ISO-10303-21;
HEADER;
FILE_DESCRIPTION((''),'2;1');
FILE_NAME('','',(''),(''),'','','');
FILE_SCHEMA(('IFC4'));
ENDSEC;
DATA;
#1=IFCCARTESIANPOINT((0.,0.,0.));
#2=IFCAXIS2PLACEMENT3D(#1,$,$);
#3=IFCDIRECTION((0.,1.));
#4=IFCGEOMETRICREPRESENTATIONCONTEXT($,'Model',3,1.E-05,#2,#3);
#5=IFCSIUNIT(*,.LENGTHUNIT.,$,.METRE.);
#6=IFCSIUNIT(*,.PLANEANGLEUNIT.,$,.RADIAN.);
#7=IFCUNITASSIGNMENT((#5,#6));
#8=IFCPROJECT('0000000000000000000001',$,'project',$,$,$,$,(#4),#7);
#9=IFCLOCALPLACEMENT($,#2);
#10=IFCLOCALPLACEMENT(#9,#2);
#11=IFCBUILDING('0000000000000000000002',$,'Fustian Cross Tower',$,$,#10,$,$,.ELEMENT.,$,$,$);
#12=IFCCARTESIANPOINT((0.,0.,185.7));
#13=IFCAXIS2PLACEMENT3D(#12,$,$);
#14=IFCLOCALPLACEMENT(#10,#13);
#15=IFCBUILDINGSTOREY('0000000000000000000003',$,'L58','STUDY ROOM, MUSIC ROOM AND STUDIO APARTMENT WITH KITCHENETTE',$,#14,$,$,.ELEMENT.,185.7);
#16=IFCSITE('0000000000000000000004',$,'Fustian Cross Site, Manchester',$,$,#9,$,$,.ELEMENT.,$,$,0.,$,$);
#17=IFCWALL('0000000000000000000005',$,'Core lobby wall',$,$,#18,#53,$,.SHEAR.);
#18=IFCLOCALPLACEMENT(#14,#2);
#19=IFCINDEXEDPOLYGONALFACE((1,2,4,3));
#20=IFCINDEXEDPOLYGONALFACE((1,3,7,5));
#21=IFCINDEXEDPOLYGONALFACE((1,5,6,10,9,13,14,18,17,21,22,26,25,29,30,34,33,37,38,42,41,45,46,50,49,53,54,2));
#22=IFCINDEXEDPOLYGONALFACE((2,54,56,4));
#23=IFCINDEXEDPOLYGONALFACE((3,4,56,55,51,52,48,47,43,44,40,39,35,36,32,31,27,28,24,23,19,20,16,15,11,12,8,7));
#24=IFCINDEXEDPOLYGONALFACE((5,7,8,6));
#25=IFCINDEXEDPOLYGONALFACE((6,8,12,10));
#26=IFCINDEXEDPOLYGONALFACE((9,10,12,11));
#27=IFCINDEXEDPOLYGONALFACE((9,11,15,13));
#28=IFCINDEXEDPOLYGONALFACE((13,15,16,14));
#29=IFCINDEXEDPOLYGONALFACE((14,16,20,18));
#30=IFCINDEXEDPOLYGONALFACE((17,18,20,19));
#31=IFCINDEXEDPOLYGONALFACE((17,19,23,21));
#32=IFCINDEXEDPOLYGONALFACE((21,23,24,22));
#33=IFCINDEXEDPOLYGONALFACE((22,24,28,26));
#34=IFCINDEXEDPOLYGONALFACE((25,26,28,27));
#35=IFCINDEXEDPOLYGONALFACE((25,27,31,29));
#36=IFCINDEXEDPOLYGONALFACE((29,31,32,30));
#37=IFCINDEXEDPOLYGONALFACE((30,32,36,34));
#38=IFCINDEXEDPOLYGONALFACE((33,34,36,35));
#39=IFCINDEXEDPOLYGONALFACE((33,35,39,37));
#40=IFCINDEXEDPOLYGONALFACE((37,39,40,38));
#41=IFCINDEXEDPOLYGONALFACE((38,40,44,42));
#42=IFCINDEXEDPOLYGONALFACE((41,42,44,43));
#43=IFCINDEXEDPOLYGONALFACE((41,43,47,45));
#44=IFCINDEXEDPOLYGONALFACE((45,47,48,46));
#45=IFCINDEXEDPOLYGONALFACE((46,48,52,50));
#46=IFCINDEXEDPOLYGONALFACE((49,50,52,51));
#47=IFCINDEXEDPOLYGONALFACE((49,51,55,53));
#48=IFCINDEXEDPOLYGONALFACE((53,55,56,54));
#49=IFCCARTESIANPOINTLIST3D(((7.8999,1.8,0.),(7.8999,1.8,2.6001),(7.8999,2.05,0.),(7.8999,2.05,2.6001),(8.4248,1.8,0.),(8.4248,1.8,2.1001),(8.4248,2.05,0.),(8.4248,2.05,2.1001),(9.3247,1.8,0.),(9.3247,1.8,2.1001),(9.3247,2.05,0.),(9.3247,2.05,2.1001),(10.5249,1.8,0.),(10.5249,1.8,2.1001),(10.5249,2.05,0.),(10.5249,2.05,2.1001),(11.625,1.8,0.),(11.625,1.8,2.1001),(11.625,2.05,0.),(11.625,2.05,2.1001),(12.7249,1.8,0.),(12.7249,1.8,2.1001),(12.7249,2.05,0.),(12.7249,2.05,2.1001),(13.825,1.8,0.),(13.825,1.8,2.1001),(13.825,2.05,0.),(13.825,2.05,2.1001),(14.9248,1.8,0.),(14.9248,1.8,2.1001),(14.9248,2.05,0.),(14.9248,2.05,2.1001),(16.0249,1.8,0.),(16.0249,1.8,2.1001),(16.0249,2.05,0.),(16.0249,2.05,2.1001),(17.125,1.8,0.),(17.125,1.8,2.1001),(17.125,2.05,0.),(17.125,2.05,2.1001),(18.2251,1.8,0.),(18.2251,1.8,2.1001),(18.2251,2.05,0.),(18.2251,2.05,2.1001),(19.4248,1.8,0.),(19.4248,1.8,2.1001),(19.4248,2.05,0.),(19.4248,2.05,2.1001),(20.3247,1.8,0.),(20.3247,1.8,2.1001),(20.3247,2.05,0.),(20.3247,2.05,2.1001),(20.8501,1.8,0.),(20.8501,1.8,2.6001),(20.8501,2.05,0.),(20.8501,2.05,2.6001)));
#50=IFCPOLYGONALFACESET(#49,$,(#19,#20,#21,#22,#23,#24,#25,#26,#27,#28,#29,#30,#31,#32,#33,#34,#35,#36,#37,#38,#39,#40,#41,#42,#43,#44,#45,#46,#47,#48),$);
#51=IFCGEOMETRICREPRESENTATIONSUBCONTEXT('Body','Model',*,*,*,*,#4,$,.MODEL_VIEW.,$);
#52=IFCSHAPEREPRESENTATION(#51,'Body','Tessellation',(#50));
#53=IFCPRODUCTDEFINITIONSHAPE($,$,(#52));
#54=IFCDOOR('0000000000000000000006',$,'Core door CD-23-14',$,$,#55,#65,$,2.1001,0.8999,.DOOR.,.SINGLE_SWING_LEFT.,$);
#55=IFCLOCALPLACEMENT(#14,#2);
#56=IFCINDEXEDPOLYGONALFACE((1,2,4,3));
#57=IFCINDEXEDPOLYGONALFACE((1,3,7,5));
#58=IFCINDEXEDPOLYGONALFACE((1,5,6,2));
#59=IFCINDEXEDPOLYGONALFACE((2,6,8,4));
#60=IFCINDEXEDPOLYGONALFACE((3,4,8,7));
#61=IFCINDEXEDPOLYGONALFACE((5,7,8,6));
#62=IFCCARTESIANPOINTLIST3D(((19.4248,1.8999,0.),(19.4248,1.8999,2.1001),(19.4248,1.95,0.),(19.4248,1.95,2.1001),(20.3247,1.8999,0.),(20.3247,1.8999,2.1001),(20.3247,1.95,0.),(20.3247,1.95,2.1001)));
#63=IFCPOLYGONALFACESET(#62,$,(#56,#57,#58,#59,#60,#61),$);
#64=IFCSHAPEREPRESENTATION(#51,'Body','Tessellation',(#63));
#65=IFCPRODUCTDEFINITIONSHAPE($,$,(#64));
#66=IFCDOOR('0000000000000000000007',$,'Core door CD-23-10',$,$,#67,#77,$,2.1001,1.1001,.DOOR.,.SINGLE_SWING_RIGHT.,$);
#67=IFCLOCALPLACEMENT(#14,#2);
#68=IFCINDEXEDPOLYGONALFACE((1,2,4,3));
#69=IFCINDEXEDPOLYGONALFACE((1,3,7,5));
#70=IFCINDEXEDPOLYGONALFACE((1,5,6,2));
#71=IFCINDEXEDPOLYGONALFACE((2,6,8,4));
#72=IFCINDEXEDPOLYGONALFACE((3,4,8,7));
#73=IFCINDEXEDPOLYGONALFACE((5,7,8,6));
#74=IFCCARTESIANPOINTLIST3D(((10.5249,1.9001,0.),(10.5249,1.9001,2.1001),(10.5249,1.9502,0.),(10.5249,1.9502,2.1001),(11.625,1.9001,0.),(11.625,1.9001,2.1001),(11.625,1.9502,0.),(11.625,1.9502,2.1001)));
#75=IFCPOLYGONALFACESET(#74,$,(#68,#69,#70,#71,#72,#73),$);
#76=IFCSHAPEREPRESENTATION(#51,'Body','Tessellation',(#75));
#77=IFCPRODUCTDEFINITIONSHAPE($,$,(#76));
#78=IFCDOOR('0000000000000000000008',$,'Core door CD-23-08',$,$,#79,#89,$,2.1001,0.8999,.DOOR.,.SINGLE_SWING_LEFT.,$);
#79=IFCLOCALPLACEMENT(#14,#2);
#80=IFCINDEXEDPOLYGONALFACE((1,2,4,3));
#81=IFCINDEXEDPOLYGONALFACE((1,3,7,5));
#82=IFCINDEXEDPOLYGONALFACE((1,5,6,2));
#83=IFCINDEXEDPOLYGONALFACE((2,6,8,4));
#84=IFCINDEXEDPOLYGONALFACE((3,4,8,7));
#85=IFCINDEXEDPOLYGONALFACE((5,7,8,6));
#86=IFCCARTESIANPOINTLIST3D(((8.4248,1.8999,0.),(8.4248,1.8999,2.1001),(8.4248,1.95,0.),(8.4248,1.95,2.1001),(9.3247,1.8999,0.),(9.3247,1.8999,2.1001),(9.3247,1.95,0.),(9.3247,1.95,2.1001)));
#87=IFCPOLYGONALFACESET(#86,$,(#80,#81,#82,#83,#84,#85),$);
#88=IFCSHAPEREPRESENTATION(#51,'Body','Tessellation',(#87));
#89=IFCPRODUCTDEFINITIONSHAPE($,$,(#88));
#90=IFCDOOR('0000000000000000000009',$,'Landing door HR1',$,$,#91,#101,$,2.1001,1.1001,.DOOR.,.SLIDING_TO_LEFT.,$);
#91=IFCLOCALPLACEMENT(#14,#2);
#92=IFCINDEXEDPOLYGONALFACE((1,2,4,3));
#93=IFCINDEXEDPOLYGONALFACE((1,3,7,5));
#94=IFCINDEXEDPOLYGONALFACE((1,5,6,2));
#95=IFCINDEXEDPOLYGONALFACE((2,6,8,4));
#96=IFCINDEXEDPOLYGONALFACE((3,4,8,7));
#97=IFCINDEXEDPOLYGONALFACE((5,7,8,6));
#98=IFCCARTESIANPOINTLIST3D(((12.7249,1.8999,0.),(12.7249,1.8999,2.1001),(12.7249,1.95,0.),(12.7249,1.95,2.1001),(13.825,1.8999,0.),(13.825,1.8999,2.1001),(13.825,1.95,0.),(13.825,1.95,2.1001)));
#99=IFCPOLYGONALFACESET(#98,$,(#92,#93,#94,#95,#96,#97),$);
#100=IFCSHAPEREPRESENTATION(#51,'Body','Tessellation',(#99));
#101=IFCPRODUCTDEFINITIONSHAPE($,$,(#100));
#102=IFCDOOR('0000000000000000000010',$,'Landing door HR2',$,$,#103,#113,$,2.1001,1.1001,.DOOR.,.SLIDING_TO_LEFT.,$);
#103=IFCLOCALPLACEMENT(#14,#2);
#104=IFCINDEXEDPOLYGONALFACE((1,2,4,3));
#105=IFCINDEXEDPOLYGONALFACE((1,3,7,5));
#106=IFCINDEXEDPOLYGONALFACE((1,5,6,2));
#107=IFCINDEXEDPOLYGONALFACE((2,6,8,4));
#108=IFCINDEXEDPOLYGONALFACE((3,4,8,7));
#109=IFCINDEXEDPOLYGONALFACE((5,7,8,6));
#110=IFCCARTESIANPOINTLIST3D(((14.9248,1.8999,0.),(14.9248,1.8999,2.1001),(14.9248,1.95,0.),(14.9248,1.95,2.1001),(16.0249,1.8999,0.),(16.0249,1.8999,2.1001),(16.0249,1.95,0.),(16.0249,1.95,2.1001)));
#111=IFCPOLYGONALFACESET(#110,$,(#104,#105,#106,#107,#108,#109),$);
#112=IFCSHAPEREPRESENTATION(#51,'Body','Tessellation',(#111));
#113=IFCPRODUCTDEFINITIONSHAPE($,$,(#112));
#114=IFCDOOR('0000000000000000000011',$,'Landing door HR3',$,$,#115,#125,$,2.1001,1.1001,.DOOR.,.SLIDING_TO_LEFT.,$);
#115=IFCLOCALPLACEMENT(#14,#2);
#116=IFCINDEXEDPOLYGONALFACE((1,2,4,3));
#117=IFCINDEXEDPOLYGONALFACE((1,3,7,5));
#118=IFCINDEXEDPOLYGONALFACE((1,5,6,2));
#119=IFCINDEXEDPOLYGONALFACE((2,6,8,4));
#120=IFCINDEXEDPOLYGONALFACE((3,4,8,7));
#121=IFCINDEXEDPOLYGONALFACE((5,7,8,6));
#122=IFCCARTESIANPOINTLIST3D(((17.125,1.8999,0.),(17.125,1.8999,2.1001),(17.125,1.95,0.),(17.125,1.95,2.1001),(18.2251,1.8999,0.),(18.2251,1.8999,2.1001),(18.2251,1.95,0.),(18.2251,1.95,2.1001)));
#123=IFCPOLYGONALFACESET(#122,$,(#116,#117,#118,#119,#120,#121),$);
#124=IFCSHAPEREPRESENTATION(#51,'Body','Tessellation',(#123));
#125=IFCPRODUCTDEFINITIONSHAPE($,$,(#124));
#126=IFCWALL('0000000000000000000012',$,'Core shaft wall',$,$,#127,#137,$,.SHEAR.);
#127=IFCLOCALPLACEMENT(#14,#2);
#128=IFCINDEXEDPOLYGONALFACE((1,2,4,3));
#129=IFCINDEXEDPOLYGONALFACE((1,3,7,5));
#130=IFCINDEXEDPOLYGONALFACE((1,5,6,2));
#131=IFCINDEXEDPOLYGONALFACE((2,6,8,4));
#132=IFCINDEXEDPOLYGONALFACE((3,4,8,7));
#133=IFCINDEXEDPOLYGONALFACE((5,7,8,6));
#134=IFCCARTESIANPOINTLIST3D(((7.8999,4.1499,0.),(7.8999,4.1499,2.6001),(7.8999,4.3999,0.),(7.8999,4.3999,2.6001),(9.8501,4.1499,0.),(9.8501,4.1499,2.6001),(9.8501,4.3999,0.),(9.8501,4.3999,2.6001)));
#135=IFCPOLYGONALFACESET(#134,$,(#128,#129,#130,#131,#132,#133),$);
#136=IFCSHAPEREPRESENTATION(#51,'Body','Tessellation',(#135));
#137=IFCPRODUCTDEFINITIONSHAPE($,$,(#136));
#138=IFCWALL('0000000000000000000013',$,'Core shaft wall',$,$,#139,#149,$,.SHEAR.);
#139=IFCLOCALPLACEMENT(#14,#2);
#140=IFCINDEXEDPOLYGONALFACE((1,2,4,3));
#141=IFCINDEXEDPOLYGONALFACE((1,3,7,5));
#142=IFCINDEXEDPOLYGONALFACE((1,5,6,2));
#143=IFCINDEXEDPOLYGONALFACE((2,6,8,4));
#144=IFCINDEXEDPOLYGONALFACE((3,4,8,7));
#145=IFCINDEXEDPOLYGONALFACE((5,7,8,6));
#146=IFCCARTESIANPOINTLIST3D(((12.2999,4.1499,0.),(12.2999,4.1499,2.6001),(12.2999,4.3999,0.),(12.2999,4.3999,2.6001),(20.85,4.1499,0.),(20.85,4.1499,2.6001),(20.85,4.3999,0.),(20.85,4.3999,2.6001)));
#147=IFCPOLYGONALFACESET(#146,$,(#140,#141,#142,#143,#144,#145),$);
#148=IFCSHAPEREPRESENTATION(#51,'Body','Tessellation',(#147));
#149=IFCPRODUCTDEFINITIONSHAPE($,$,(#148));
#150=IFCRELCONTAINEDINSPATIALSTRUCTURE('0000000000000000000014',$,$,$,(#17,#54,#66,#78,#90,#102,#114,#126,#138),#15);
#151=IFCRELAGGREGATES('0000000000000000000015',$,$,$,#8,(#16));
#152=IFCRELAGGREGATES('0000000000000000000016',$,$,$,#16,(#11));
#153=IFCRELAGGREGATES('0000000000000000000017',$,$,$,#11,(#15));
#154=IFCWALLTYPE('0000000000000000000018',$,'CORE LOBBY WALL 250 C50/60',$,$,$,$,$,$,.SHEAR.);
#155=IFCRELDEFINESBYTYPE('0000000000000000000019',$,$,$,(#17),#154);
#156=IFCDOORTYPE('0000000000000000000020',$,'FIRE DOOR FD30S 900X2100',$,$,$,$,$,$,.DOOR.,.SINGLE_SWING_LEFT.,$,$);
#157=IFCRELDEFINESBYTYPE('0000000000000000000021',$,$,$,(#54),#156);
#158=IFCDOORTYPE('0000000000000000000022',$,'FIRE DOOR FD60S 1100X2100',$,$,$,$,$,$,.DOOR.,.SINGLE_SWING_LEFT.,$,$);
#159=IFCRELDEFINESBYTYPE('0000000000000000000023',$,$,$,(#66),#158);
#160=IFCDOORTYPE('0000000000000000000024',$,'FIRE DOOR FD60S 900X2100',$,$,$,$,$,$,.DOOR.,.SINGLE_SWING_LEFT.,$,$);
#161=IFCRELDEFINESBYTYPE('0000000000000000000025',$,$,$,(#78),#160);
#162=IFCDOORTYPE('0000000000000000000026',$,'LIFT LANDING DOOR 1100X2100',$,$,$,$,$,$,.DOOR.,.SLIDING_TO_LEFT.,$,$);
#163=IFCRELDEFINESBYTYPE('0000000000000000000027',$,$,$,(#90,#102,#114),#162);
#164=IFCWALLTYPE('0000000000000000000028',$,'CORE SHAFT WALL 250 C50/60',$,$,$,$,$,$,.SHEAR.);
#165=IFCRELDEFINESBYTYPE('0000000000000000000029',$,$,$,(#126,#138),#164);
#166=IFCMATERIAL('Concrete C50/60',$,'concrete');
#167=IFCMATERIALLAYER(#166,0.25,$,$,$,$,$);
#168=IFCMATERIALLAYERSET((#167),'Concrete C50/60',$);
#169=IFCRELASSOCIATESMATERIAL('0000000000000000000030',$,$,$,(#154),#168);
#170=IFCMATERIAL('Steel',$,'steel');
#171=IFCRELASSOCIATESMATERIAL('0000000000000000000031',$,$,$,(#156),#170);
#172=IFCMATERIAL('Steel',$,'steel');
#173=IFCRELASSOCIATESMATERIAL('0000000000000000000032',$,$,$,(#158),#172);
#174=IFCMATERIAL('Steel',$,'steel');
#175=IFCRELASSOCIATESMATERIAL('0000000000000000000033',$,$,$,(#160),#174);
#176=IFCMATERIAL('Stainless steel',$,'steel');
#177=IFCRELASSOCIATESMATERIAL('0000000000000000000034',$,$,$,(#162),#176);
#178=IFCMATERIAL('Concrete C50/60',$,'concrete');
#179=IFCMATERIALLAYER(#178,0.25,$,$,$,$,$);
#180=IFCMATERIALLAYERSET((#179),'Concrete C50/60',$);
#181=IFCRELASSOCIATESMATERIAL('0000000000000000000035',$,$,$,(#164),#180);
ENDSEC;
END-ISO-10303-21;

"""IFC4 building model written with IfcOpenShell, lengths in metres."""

from ifc_helpers import new_model, si_unit, direction, frame, frame_2d, origin, place, context, subcontext, project, spatial, rectangle, extrude, material, layer, layer_set, type_object, element, fill, save


model = new_model("IFC4")

# Units and contexts
model_context = context("Model", 3, precision=1e-05, world=origin(), true_north=direction((0.0, 1.0)))
body_context = subcontext(model_context, "Body", "Model", "MODEL_VIEW")
ifc_project = project(units=[si_unit("LENGTHUNIT", "METRE"), si_unit("PLANEANGLEUNIT", "RADIAN")], contexts=[model_context])

# Site, building, storey
site_placement = place(None, origin())
site = spatial("IfcSite", under=ifc_project, at=site_placement, Name="Fustian Cross Site, Manchester", CompositionType="ELEMENT", RefElevation=0.0)
building_placement = place(site_placement, origin())
building = spatial("IfcBuilding", under=site, at=building_placement, Name="Fustian Cross Tower", CompositionType="ELEMENT")
storey_placement = place(building_placement, frame((0.0, 0.0, 185.7)))
storey = spatial("IfcBuildingStorey", under=building, at=storey_placement, Name="L58", Description="STUDY ROOM, MUSIC ROOM AND STUDIO APARTMENT WITH KITCHENETTE", CompositionType="ELEMENT", Elevation=185.7)

# Wall, openings, doors
ifc_material_1 = material(Name="Concrete C50/60", Category="concrete")
ifc_layer_1 = layer(ifc_material_1, 0.25)
ifc_layer_set_1 = layer_set([ifc_layer_1], Name="Concrete C50/60")
wall_type_1 = type_object("IfcWallType", Name="CORE LOBBY WALL 250 C50/60", PredefinedType="SHEAR", material=ifc_layer_set_1)
wall_1_placement = place(storey_placement, frame((7.8999, 1.925, 0.0), z_axis=(0.0, 0.0, 1.0), x_axis=(1.0, 0.0, 0.0)))
wall_1 = element("IfcWall", 1, at=wall_1_placement, inside=storey, type_object=wall_type_1, Name="Core lobby wall", PredefinedType="SHEAR", context=body_context, shape_type="SweptSolid", body=[
    extrude(rectangle(XDim=12.9502, YDim=0.25, at=frame_2d((6.4751, 0.0))), origin(), (0.0, 0.0, 1.0), 2.6001),
])
opening_1_placement = place(wall_1_placement, frame((4.825, 0.0, 0.0)))
opening_1 = element("IfcOpeningElement", 2, at=opening_1_placement, cuts=wall_1, PredefinedType="OPENING", context=body_context, shape_type="SweptSolid", body=[
    extrude(rectangle(XDim=1.1001, YDim=2.1001, at=frame_2d((0.55, 1.05))), frame((0.0, 0.135, 0.0), z_axis=(0.0, -1.0, 0.0), x_axis=(1.0, 0.0, 0.0)), (0.0, 0.0, 1.0), 0.27),
])
opening_2_placement = place(wall_1_placement, frame((7.0249, 0.0, 0.0)))
opening_2 = element("IfcOpeningElement", 3, at=opening_2_placement, cuts=wall_1, PredefinedType="OPENING", context=body_context, shape_type="SweptSolid", body=[
    extrude(rectangle(XDim=1.1001, YDim=2.1001, at=frame_2d((0.55, 1.05))), frame((0.0, 0.135, 0.0), z_axis=(0.0, -1.0, 0.0), x_axis=(1.0, 0.0, 0.0)), (0.0, 0.0, 1.0), 0.27),
])
opening_3_placement = place(wall_1_placement, frame((9.2251, 0.0, 0.0)))
opening_3 = element("IfcOpeningElement", 4, at=opening_3_placement, cuts=wall_1, PredefinedType="OPENING", context=body_context, shape_type="SweptSolid", body=[
    extrude(rectangle(XDim=1.1001, YDim=2.1001, at=frame_2d((0.55, 1.05))), frame((0.0, 0.135, 0.0), z_axis=(0.0, -1.0, 0.0), x_axis=(1.0, 0.0, 0.0)), (0.0, 0.0, 1.0), 0.27),
])
opening_4_placement = place(wall_1_placement, frame((0.5249, 0.0, 0.0)))
opening_4 = element("IfcOpeningElement", 5, at=opening_4_placement, cuts=wall_1, PredefinedType="OPENING", context=body_context, shape_type="SweptSolid", body=[
    extrude(rectangle(XDim=0.8999, YDim=2.1001, at=frame_2d((0.45, 1.05))), frame((0.0, 0.135, 0.0), z_axis=(0.0, -1.0, 0.0), x_axis=(1.0, 0.0, 0.0)), (0.0, 0.0, 1.0), 0.27),
])
opening_5_placement = place(wall_1_placement, frame((2.625, 0.0, 0.0)))
opening_5 = element("IfcOpeningElement", 6, at=opening_5_placement, cuts=wall_1, PredefinedType="OPENING", context=body_context, shape_type="SweptSolid", body=[
    extrude(rectangle(XDim=1.1001, YDim=2.1001, at=frame_2d((0.55, 1.05))), frame((0.0, 0.135, 0.0), z_axis=(0.0, -1.0, 0.0), x_axis=(1.0, 0.0, 0.0)), (0.0, 0.0, 1.0), 0.27),
])
opening_6_placement = place(wall_1_placement, frame((11.5249, 0.0, 0.0)))
opening_6 = element("IfcOpeningElement", 7, at=opening_6_placement, cuts=wall_1, PredefinedType="OPENING", context=body_context, shape_type="SweptSolid", body=[
    extrude(rectangle(XDim=0.8999, YDim=2.1001, at=frame_2d((0.45, 1.05))), frame((0.0, 0.135, 0.0), z_axis=(0.0, -1.0, 0.0), x_axis=(1.0, 0.0, 0.0)), (0.0, 0.0, 1.0), 0.27),
])
ifc_material_2 = material(Name="Steel", Category="steel")
door_type_1 = type_object("IfcDoorType", Name="FIRE DOOR FD30S 900X2100", OperationType="SINGLE_SWING_LEFT", PredefinedType="DOOR", material=ifc_material_2)
door_1_placement = place(opening_6_placement, origin())
door_1 = element("IfcDoor", 8, at=door_1_placement, inside=storey, type_object=door_type_1, Name="Core door CD-23-14", OperationType="SINGLE_SWING_LEFT", OverallHeight=2.1001, OverallWidth=0.8999, PredefinedType="DOOR", context=body_context, shape_type="SweptSolid", body=[
    extrude(rectangle(XDim=0.8999, YDim=2.1001, at=frame_2d((0.45, 1.05))), frame((0.0, 0.0249, 0.0), z_axis=(0.0, -1.0, 0.0), x_axis=(1.0, 0.0, 0.0)), (0.0, 0.0, 1.0), 0.05),
])
fill(opening_6, door_1)
ifc_material_3 = material(Name="Steel", Category="steel")
door_type_2 = type_object("IfcDoorType", Name="FIRE DOOR FD60S 1100X2100", OperationType="SINGLE_SWING_LEFT", PredefinedType="DOOR", material=ifc_material_3)
door_2_placement = place(opening_5_placement, frame((1.1001, 0.0, 0.0), z_axis=(0.0, 0.0, 1.0), x_axis=(-1.0, 0.0, 0.0)))
door_2 = element("IfcDoor", 9, at=door_2_placement, inside=storey, type_object=door_type_2, Name="Core door CD-23-10", OperationType="SINGLE_SWING_RIGHT", OverallHeight=2.1001, OverallWidth=1.1001, PredefinedType="DOOR", context=body_context, shape_type="SweptSolid", body=[
    extrude(rectangle(XDim=1.1001, YDim=2.1001, at=frame_2d((0.55, 1.05))), frame((0.0, 0.0249, 0.0), z_axis=(0.0, -1.0, 0.0), x_axis=(1.0, 0.0, 0.0)), (0.0, 0.0, 1.0), 0.05),
])
fill(opening_5, door_2)
ifc_material_4 = material(Name="Steel", Category="steel")
door_type_3 = type_object("IfcDoorType", Name="FIRE DOOR FD60S 900X2100", OperationType="SINGLE_SWING_LEFT", PredefinedType="DOOR", material=ifc_material_4)
door_3_placement = place(opening_4_placement, origin())
door_3 = element("IfcDoor", 10, at=door_3_placement, inside=storey, type_object=door_type_3, Name="Core door CD-23-08", OperationType="SINGLE_SWING_LEFT", OverallHeight=2.1001, OverallWidth=0.8999, PredefinedType="DOOR", context=body_context, shape_type="SweptSolid", body=[
    extrude(rectangle(XDim=0.8999, YDim=2.1001, at=frame_2d((0.45, 1.05))), frame((0.0, 0.0249, 0.0), z_axis=(0.0, -1.0, 0.0), x_axis=(1.0, 0.0, 0.0)), (0.0, 0.0, 1.0), 0.05),
])
fill(opening_4, door_3)
ifc_material_5 = material(Name="Stainless steel", Category="steel")
door_type_4 = type_object("IfcDoorType", Name="LIFT LANDING DOOR 1100X2100", OperationType="SLIDING_TO_LEFT", PredefinedType="DOOR", material=ifc_material_5)
door_4_placement = place(opening_1_placement, origin())
door_4 = element("IfcDoor", 11, at=door_4_placement, inside=storey, type_object=door_type_4, Name="Landing door HR1", OperationType="SLIDING_TO_LEFT", OverallHeight=2.1001, OverallWidth=1.1001, PredefinedType="DOOR", context=body_context, shape_type="SweptSolid", body=[
    extrude(rectangle(XDim=1.1001, YDim=2.1001, at=frame_2d((0.55, 1.05))), frame((0.0, 0.0249, 0.0), z_axis=(0.0, -1.0, 0.0), x_axis=(1.0, 0.0, 0.0)), (0.0, 0.0, 1.0), 0.05),
])
fill(opening_1, door_4)
door_5_placement = place(opening_2_placement, origin())
door_5 = element("IfcDoor", 12, at=door_5_placement, inside=storey, type_object=door_type_4, Name="Landing door HR2", OperationType="SLIDING_TO_LEFT", OverallHeight=2.1001, OverallWidth=1.1001, PredefinedType="DOOR", context=body_context, shape_type="SweptSolid", body=[
    extrude(rectangle(XDim=1.1001, YDim=2.1001, at=frame_2d((0.55, 1.05))), frame((0.0, 0.0249, 0.0), z_axis=(0.0, -1.0, 0.0), x_axis=(1.0, 0.0, 0.0)), (0.0, 0.0, 1.0), 0.05),
])
fill(opening_2, door_5)
door_6_placement = place(opening_3_placement, origin())
door_6 = element("IfcDoor", 13, at=door_6_placement, inside=storey, type_object=door_type_4, Name="Landing door HR3", OperationType="SLIDING_TO_LEFT", OverallHeight=2.1001, OverallWidth=1.1001, PredefinedType="DOOR", context=body_context, shape_type="SweptSolid", body=[
    extrude(rectangle(XDim=1.1001, YDim=2.1001, at=frame_2d((0.55, 1.05))), frame((0.0, 0.0249, 0.0), z_axis=(0.0, -1.0, 0.0), x_axis=(1.0, 0.0, 0.0)), (0.0, 0.0, 1.0), 0.05),
])
fill(opening_3, door_6)

# Walls
ifc_material_6 = material(Name="Concrete C50/60", Category="concrete")
ifc_layer_2 = layer(ifc_material_6, 0.25)
ifc_layer_set_2 = layer_set([ifc_layer_2], Name="Concrete C50/60")
wall_type_2 = type_object("IfcWallType", Name="CORE SHAFT WALL 250 C50/60", PredefinedType="SHEAR", material=ifc_layer_set_2)
wall_2_placement = place(storey_placement, frame((7.8999, 4.2749, 0.0), z_axis=(0.0, 0.0, 1.0), x_axis=(1.0, 0.0, 0.0)))
element("IfcWall", 14, at=wall_2_placement, inside=storey, type_object=wall_type_2, Name="Core shaft wall", PredefinedType="SHEAR", context=body_context, shape_type="SweptSolid", body=[
    extrude(rectangle(XDim=1.9502, YDim=0.25, at=frame_2d((0.9751, 0.0))), origin(), (0.0, 0.0, 1.0), 2.6001),
])
wall_3_placement = place(storey_placement, frame((12.3, 4.2749, 0.0), z_axis=(0.0, 0.0, 1.0), x_axis=(1.0, 0.0, 0.0)))
element("IfcWall", 15, at=wall_3_placement, inside=storey, type_object=wall_type_2, Name="Core shaft wall", PredefinedType="SHEAR", context=body_context, shape_type="SweptSolid", body=[
    extrude(rectangle(XDim=8.55, YDim=0.25, at=frame_2d((4.2749, 0.0))), origin(), (0.0, 0.0, 1.0), 2.6001),
])

save(model, "model.ifc")
